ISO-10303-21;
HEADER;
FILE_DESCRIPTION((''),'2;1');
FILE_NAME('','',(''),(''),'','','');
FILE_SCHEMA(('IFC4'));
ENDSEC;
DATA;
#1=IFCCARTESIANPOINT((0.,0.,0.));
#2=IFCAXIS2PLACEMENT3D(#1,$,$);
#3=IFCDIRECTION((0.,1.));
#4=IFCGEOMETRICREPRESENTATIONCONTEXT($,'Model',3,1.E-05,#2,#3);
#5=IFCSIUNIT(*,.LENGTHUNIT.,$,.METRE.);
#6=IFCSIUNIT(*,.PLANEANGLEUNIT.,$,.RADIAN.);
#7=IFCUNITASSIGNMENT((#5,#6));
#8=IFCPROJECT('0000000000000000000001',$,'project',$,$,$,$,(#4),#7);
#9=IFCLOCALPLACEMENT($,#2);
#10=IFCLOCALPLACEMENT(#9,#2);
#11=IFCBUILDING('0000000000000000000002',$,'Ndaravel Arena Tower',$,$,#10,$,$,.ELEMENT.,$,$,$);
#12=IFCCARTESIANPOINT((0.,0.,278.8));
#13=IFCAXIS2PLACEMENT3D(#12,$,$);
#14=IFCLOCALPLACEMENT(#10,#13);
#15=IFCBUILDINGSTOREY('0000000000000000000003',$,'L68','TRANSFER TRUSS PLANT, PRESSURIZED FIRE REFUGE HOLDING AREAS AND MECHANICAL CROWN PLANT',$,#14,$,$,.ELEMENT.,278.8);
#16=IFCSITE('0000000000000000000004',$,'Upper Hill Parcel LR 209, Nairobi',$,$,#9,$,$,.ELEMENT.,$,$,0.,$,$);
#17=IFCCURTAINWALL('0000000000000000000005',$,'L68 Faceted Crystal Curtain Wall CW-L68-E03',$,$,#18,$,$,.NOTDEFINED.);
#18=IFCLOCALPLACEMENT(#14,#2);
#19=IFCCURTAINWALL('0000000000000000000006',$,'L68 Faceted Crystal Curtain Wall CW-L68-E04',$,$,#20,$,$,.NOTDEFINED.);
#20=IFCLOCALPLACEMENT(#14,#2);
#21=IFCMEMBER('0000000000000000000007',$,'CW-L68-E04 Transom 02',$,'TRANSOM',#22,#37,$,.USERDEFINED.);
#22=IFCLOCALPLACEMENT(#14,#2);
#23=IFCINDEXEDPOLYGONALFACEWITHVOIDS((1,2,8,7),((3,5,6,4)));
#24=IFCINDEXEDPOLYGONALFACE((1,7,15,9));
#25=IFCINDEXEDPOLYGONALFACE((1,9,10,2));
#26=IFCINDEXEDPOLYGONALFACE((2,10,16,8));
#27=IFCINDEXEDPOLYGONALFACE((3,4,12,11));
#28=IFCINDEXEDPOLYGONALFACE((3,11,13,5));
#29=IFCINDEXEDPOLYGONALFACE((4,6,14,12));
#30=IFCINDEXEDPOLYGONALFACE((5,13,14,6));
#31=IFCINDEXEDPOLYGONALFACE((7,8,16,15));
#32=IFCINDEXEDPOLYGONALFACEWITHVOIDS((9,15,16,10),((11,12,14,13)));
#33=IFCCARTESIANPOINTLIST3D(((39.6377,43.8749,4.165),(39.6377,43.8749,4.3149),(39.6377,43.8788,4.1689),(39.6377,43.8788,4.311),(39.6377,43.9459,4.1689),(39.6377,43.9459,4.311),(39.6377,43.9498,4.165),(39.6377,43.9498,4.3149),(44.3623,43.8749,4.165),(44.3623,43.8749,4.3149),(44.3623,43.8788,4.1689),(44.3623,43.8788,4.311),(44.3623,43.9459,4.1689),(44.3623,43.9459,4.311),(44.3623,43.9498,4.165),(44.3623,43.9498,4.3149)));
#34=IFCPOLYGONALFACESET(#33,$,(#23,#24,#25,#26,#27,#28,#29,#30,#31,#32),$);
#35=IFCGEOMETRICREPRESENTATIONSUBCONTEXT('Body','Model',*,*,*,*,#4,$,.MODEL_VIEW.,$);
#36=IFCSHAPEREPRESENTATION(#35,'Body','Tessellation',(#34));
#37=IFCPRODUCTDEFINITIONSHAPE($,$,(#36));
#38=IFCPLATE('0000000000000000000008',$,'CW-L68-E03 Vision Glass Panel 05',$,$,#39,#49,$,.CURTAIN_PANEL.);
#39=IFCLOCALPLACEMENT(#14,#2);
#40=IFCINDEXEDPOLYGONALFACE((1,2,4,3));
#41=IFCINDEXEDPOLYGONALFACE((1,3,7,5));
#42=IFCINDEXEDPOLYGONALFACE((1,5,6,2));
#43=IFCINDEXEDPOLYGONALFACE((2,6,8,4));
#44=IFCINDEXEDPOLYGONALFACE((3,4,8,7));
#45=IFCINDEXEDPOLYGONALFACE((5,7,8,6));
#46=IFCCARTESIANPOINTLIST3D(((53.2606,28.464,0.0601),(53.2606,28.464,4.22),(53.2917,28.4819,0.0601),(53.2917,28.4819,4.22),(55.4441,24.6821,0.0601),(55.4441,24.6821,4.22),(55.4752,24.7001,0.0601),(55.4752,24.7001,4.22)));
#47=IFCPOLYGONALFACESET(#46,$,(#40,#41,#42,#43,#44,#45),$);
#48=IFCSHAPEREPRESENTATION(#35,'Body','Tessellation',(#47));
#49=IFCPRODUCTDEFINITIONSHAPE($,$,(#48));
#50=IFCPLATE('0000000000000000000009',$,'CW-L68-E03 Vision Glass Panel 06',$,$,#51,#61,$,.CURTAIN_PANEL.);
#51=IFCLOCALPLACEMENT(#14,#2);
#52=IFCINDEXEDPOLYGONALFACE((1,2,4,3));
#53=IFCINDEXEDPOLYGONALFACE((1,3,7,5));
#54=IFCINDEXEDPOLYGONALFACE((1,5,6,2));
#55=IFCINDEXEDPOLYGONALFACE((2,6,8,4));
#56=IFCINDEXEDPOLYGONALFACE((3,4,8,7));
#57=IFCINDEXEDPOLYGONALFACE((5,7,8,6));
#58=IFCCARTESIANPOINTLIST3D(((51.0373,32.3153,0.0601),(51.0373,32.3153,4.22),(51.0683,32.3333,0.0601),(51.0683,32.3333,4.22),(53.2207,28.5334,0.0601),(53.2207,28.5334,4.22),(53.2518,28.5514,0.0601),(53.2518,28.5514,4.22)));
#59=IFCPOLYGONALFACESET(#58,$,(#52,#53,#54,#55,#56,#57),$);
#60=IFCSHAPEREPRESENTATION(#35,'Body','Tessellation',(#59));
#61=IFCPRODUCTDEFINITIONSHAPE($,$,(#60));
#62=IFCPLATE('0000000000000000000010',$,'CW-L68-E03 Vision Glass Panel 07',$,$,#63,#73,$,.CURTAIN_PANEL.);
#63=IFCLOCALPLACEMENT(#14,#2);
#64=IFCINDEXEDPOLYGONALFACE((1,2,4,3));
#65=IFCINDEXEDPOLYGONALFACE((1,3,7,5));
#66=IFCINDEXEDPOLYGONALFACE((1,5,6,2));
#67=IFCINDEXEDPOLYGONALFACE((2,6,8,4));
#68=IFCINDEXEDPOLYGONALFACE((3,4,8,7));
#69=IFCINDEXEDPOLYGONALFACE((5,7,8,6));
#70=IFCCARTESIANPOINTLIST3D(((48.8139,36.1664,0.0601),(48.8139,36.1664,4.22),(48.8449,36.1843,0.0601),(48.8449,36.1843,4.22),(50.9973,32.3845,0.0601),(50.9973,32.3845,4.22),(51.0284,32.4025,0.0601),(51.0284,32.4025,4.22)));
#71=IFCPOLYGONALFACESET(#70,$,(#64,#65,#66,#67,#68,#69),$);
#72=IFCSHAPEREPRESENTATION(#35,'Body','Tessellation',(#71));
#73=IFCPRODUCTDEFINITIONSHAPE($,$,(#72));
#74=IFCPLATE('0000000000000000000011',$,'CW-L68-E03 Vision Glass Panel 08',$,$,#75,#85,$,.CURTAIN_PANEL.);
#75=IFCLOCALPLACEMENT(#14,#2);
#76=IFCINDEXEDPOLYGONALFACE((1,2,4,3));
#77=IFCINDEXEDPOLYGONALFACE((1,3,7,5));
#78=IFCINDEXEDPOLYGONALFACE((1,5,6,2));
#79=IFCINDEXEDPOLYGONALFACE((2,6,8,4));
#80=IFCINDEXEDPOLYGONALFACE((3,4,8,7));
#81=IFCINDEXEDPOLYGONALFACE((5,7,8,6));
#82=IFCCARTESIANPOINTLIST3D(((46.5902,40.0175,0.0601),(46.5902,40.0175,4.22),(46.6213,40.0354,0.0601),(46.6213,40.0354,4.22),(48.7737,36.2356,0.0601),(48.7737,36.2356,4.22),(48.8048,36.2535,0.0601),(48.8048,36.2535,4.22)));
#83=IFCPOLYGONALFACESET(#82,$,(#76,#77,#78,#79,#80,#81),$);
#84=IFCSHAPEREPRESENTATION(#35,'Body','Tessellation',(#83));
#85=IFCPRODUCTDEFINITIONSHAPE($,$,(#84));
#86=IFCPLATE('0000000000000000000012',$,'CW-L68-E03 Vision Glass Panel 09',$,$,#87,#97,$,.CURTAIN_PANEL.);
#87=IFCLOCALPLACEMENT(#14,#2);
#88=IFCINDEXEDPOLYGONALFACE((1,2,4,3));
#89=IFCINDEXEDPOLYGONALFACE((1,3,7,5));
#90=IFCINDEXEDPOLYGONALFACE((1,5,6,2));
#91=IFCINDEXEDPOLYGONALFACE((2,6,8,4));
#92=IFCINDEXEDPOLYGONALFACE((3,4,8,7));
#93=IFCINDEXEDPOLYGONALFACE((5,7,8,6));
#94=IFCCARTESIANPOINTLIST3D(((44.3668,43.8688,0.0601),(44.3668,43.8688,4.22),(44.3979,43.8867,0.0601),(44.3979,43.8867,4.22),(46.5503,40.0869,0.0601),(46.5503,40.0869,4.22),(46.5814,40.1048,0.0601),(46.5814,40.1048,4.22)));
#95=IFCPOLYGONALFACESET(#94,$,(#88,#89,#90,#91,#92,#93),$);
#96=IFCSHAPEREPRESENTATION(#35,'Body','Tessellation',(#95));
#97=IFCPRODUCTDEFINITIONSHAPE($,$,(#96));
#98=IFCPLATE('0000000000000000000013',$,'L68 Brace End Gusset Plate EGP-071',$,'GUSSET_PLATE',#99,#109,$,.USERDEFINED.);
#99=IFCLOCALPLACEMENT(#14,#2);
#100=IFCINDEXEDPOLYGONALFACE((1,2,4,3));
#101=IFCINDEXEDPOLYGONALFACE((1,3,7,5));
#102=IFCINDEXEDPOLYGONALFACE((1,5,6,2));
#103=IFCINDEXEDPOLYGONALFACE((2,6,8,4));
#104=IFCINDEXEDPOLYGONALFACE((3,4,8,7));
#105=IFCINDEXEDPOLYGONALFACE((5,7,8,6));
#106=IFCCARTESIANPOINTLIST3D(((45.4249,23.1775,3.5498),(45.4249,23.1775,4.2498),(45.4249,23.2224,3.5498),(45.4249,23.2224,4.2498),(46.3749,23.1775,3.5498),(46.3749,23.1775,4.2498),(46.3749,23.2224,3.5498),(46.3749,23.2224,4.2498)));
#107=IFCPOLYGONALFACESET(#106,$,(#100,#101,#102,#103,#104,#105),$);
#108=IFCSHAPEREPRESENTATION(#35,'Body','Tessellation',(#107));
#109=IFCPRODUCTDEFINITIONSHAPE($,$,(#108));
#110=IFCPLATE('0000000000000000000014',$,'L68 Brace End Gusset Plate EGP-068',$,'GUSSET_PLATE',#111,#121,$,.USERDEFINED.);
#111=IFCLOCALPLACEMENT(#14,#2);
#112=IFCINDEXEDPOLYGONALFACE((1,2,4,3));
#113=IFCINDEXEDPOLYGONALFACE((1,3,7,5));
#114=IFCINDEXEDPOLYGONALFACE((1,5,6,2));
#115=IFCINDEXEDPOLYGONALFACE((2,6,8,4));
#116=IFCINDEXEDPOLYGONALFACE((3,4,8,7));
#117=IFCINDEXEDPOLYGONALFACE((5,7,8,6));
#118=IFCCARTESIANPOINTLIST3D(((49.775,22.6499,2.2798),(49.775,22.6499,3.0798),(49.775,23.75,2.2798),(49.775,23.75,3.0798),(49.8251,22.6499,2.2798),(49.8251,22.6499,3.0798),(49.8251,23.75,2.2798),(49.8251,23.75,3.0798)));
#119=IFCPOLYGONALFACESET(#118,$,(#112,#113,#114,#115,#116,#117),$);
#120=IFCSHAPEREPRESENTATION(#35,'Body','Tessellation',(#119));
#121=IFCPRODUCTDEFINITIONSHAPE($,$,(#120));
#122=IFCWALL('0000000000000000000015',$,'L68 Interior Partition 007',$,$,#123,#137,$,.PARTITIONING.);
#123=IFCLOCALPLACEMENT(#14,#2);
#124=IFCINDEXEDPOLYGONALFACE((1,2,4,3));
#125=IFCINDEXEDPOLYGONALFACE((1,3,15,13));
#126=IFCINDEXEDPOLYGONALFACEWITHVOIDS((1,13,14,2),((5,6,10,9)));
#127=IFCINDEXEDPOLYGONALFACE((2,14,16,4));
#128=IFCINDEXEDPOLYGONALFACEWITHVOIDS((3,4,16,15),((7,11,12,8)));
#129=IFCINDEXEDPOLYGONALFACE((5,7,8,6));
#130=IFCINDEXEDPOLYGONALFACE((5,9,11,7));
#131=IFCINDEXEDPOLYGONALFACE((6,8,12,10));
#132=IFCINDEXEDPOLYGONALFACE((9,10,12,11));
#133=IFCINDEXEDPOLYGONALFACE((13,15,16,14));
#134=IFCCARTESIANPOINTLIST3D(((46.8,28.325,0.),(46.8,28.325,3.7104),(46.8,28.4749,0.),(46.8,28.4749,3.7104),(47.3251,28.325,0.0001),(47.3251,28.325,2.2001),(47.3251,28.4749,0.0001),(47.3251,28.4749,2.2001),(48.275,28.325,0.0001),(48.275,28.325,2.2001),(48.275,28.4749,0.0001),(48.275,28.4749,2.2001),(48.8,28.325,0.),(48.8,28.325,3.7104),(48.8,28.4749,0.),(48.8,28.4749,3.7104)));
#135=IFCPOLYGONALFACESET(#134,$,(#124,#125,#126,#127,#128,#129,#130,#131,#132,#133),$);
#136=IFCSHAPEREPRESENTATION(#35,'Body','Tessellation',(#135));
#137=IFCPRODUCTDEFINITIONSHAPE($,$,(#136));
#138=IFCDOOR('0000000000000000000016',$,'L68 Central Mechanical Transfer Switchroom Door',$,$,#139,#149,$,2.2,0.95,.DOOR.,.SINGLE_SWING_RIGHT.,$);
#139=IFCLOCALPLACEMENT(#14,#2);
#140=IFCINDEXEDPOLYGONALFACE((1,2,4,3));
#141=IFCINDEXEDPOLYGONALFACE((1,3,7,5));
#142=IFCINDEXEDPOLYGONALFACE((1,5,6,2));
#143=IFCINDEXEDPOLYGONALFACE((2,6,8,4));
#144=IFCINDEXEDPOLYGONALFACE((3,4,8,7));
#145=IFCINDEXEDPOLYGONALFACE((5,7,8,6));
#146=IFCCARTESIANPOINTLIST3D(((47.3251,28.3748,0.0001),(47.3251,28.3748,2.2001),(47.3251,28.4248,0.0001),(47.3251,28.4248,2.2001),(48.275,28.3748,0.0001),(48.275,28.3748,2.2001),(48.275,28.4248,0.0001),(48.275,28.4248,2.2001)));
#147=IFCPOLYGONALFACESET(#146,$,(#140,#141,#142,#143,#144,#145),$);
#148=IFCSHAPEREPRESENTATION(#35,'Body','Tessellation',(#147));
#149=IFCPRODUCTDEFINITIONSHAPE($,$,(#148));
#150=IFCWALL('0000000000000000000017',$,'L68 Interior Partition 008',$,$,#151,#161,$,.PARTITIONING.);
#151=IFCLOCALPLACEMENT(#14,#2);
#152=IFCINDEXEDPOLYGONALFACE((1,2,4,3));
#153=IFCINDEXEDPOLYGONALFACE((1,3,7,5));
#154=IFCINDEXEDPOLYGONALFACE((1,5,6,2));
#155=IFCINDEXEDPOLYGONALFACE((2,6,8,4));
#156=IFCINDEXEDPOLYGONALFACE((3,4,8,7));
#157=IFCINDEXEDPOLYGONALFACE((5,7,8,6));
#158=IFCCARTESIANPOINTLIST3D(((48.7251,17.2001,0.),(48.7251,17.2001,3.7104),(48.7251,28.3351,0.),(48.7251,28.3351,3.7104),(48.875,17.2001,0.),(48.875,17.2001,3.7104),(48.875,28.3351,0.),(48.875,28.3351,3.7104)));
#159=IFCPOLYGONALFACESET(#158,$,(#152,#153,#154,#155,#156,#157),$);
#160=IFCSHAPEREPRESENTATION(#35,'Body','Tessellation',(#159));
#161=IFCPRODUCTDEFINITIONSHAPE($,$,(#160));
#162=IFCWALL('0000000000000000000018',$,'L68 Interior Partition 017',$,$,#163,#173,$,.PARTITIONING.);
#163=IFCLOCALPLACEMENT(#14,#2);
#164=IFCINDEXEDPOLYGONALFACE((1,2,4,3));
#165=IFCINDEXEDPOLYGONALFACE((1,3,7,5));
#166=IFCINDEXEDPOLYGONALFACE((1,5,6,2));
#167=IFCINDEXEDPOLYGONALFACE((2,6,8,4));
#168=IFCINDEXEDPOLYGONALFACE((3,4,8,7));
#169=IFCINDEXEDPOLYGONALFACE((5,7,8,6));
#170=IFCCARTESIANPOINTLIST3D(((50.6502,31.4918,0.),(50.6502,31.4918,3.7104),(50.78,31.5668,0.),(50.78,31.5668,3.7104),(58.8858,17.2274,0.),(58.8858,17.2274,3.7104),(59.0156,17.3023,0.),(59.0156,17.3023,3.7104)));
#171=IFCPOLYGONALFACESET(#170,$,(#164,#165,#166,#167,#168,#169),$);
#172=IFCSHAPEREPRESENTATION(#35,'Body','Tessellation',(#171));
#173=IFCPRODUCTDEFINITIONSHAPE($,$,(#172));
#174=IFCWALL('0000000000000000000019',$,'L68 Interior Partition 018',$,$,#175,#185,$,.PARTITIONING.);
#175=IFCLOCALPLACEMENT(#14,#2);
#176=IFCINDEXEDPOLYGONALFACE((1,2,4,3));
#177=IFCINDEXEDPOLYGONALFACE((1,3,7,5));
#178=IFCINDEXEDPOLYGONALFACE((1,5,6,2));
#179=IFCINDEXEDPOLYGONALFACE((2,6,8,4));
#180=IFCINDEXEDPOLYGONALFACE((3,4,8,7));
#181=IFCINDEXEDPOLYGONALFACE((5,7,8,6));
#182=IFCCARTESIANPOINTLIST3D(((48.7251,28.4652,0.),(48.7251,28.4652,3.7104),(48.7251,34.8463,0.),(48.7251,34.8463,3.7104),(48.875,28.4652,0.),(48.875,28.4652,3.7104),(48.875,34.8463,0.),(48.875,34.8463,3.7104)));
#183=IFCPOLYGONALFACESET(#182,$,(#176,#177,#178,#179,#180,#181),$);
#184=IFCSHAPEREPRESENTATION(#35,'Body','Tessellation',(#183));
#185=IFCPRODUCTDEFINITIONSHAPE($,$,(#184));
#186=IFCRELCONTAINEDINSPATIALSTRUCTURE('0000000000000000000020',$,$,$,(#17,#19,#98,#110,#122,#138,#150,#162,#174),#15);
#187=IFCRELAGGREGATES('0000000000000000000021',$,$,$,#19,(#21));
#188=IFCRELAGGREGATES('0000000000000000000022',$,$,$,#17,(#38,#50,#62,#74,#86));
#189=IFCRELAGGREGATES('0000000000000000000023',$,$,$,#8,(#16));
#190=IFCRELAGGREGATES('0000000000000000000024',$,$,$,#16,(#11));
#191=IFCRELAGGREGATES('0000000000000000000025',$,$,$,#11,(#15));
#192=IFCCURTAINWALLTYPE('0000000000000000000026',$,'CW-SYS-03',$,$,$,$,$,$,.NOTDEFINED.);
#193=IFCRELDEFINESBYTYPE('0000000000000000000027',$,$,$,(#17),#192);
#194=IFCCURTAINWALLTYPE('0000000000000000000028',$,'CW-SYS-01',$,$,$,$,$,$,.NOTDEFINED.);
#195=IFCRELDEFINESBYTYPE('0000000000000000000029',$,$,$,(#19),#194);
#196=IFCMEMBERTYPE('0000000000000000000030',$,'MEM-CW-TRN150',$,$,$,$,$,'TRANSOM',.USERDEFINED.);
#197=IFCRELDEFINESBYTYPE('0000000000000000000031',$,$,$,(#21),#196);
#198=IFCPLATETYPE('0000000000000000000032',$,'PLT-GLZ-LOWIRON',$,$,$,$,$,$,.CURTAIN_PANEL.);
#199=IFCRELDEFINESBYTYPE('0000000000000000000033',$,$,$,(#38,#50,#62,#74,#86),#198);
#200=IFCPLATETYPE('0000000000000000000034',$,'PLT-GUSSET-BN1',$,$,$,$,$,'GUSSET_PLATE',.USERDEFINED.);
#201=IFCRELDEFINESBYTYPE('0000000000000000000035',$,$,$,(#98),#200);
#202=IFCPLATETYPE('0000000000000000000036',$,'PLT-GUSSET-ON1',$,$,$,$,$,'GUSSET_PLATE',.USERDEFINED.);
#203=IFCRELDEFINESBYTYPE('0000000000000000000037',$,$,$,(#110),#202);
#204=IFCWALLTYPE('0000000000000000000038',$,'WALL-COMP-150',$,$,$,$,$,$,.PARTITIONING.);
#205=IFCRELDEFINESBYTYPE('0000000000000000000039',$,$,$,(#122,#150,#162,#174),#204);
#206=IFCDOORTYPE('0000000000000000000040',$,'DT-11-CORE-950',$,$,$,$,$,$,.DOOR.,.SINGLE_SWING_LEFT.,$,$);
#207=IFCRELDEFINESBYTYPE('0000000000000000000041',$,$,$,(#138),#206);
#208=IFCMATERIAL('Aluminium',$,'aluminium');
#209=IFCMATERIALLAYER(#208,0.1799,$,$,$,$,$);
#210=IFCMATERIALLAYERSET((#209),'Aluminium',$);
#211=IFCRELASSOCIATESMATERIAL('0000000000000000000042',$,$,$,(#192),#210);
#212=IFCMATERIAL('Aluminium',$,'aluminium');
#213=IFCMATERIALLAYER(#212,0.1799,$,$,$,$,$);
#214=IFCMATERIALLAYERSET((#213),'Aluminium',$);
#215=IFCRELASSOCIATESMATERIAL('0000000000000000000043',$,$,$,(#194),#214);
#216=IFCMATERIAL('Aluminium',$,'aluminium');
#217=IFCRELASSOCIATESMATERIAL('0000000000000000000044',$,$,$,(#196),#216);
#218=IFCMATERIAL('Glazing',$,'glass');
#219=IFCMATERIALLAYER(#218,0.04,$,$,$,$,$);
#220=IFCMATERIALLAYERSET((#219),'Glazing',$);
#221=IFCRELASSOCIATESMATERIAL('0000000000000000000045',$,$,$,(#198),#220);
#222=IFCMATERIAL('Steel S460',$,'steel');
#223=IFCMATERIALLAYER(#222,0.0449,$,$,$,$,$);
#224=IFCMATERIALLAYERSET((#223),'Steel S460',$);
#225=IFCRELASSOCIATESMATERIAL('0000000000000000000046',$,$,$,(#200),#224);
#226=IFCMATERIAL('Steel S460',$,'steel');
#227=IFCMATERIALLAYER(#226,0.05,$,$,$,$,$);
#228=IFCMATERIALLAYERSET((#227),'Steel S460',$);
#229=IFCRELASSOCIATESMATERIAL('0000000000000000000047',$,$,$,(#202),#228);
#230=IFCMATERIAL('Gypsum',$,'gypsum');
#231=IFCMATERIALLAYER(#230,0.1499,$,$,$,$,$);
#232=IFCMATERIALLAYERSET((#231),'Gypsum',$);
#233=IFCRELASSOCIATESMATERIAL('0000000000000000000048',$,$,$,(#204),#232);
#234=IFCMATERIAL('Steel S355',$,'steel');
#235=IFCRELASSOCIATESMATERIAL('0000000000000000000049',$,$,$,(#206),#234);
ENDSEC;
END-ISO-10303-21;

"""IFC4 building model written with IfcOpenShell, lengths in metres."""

from ifc_helpers import new_model, si_unit, direction, frame, frame_2d, origin, origin_2d, place, context, subcontext, project, spatial, rectangle, hollow_rectangle, extrude, material, layer, layer_set, material_profile, profile_set, type_object, element, fill, aggregate, save


model = new_model("IFC4")

# Units and contexts
model_context = context("Model", 3, precision=1e-05, world=origin(), true_north=direction((0.0, 1.0)))
body_context = subcontext(model_context, "Body", "Model", "MODEL_VIEW")
ifc_project = project(units=[si_unit("LENGTHUNIT", "METRE"), si_unit("PLANEANGLEUNIT", "RADIAN")], contexts=[model_context])

# Site, building, storey
site_placement = place(None, origin())
site = spatial("IfcSite", under=ifc_project, at=site_placement, Name="Upper Hill Parcel LR 209, Nairobi", CompositionType="ELEMENT", RefElevation=0.0)
building_placement = place(site_placement, origin())
building = spatial("IfcBuilding", under=site, at=building_placement, Name="Ndaravel Arena Tower", CompositionType="ELEMENT")
storey_placement = place(building_placement, frame((0.0, 0.0, 278.8)))
storey = spatial("IfcBuildingStorey", under=building, at=storey_placement, Name="L68", Description="TRANSFER TRUSS PLANT, PRESSURIZED FIRE REFUGE HOLDING AREAS AND MECHANICAL CROWN PLANT", CompositionType="ELEMENT", Elevation=278.8)

# Curtain walls, member
ifc_material_1 = material(Name="Aluminium", Category="aluminium")
ifc_layer_1 = layer(ifc_material_1, 0.1799)
ifc_layer_set_1 = layer_set([ifc_layer_1], Name="Aluminium")
curtain_wall_type_1 = type_object("IfcCurtainWallType", Name="CW-SYS-03", PredefinedType="NOTDEFINED", material=ifc_layer_set_1)
curtain_wall_1_placement = place(storey_placement, origin())
curtain_wall_1 = element("IfcCurtainWall", 1, at=curtain_wall_1_placement, inside=storey, type_object=curtain_wall_type_1, Name="L68 Faceted Crystal Curtain Wall CW-L68-E03", PredefinedType="NOTDEFINED")
ifc_material_2 = material(Name="Aluminium", Category="aluminium")
ifc_layer_2 = layer(ifc_material_2, 0.1799)
ifc_layer_set_2 = layer_set([ifc_layer_2], Name="Aluminium")
curtain_wall_type_2 = type_object("IfcCurtainWallType", Name="CW-SYS-01", PredefinedType="NOTDEFINED", material=ifc_layer_set_2)
curtain_wall_2_placement = place(storey_placement, origin())
curtain_wall_2 = element("IfcCurtainWall", 2, at=curtain_wall_2_placement, inside=storey, type_object=curtain_wall_type_2, Name="L68 Faceted Crystal Curtain Wall CW-L68-E04", PredefinedType="NOTDEFINED")
ifc_material_3 = material(Name="Aluminium", Category="aluminium")
ifc_material_profile_1 = material_profile(ifc_material_3, hollow_rectangle(XDim=0.075, YDim=0.1499, WallThickness=0.0039, at=origin_2d()), Name="CW TRANSOM 75x150x4")
ifc_profile_set_1 = profile_set([ifc_material_profile_1], Name="Aluminium")
member_type_1 = type_object("IfcMemberType", Name="MEM-CW-TRN150", ElementType="TRANSOM", PredefinedType="USERDEFINED", material=ifc_profile_set_1)
member_1_placement = place(storey_placement, frame((44.3623, 43.9124, 4.24), z_axis=(-1.0, 0.0, 0.0), x_axis=(0.0, -1.0, 0.0)))
member_1 = element("IfcMember", 3, at=member_1_placement, type_object=member_type_1, Name="CW-L68-E04 Transom 02", ObjectType="TRANSOM", PredefinedType="USERDEFINED", context=body_context, shape_type="SweptSolid", body=[
    extrude(hollow_rectangle(XDim=0.075, YDim=0.1499, WallThickness=0.0039, at=origin_2d()), origin(), (0.0, 0.0, 1.0), 4.7246),
])
aggregate(curtain_wall_2, [member_1])

# Plates
ifc_material_4 = material(Name="Glazing", Category="glass")
ifc_layer_3 = layer(ifc_material_4, 0.04)
ifc_layer_set_3 = layer_set([ifc_layer_3], Name="Glazing")
plate_type_1 = type_object("IfcPlateType", Name="PLT-GLZ-LOWIRON", PredefinedType="CURTAIN_PANEL", material=ifc_layer_set_3)
plate_1_placement = place(storey_placement, frame((54.3679, 26.582, 0.0601), z_axis=(0.0, 0.0, 1.0), x_axis=(-0.5, 0.866025, 0.0)))
plate_1 = element("IfcPlate", 4, at=plate_1_placement, type_object=plate_type_1, Name="CW-L68-E03 Vision Glass Panel 05", PredefinedType="CURTAIN_PANEL", context=body_context, shape_type="SweptSolid", body=[
    extrude(rectangle(XDim=4.3669, YDim=0.0359, at=origin_2d()), origin(), (0.0, 0.0, 1.0), 4.1599),
])
plate_2_placement = place(storey_placement, frame((52.1445, 30.4333, 0.0601), z_axis=(0.0, 0.0, 1.0), x_axis=(-0.5, 0.866025, 0.0)))
plate_2 = element("IfcPlate", 5, at=plate_2_placement, type_object=plate_type_1, Name="CW-L68-E03 Vision Glass Panel 06", PredefinedType="CURTAIN_PANEL", context=body_context, shape_type="SweptSolid", body=[
    extrude(rectangle(XDim=4.3669, YDim=0.0359, at=origin_2d()), origin(), (0.0, 0.0, 1.0), 4.1599),
])
plate_3_placement = place(storey_placement, frame((49.9211, 34.2844, 0.0601), z_axis=(0.0, 0.0, 1.0), x_axis=(-0.5, 0.866025, 0.0)))
plate_3 = element("IfcPlate", 6, at=plate_3_placement, type_object=plate_type_1, Name="CW-L68-E03 Vision Glass Panel 07", PredefinedType="CURTAIN_PANEL", context=body_context, shape_type="SweptSolid", body=[
    extrude(rectangle(XDim=4.3669, YDim=0.0359, at=origin_2d()), origin(), (0.0, 0.0, 1.0), 4.1599),
])
plate_4_placement = place(storey_placement, frame((47.6975, 38.1355, 0.0601), z_axis=(0.0, 0.0, 1.0), x_axis=(-0.5, 0.866025, 0.0)))
plate_4 = element("IfcPlate", 7, at=plate_4_placement, type_object=plate_type_1, Name="CW-L68-E03 Vision Glass Panel 08", PredefinedType="CURTAIN_PANEL", context=body_context, shape_type="SweptSolid", body=[
    extrude(rectangle(XDim=4.3669, YDim=0.0359, at=origin_2d()), origin(), (0.0, 0.0, 1.0), 4.1599),
])
plate_5_placement = place(storey_placement, frame((45.4741, 41.9868, 0.0601), z_axis=(0.0, 0.0, 1.0), x_axis=(-0.5, 0.866025, 0.0)))
plate_5 = element("IfcPlate", 8, at=plate_5_placement, type_object=plate_type_1, Name="CW-L68-E03 Vision Glass Panel 09", PredefinedType="CURTAIN_PANEL", context=body_context, shape_type="SweptSolid", body=[
    extrude(rectangle(XDim=4.3669, YDim=0.0359, at=origin_2d()), origin(), (0.0, 0.0, 1.0), 4.1599),
])
aggregate(curtain_wall_1, [plate_1, plate_2, plate_3, plate_4, plate_5])

# Plates
ifc_material_5 = material(Name="Steel S460", Category="steel")
ifc_layer_4 = layer(ifc_material_5, 0.0449)
ifc_layer_set_4 = layer_set([ifc_layer_4], Name="Steel S460")
plate_type_2 = type_object("IfcPlateType", Name="PLT-GUSSET-BN1", ElementType="GUSSET_PLATE", PredefinedType="USERDEFINED", material=ifc_layer_set_4)
plate_6_placement = place(storey_placement, frame((45.8999, 23.2, 3.5498), z_axis=(0.0, 0.0, 1.0), x_axis=(1.0, 0.0, 0.0)))
element("IfcPlate", 9, at=plate_6_placement, inside=storey, type_object=plate_type_2, Name="L68 Brace End Gusset Plate EGP-071", ObjectType="GUSSET_PLATE", PredefinedType="USERDEFINED", context=body_context, shape_type="SweptSolid", body=[
    extrude(rectangle(XDim=0.95, YDim=0.0449, at=origin_2d()), origin(), (0.0, 0.0, 1.0), 0.7),
])
ifc_material_6 = material(Name="Steel S460", Category="steel")
ifc_layer_5 = layer(ifc_material_6, 0.05)
ifc_layer_set_5 = layer_set([ifc_layer_5], Name="Steel S460")
plate_type_3 = type_object("IfcPlateType", Name="PLT-GUSSET-ON1", ElementType="GUSSET_PLATE", PredefinedType="USERDEFINED", material=ifc_layer_set_5)
plate_7_placement = place(storey_placement, frame((49.8, 23.2, 2.2798), z_axis=(0.0, 0.0, 1.0), x_axis=(1.0, 0.0, 0.0)))
element("IfcPlate", 10, at=plate_7_placement, inside=storey, type_object=plate_type_3, Name="L68 Brace End Gusset Plate EGP-068", ObjectType="GUSSET_PLATE", PredefinedType="USERDEFINED", context=body_context, shape_type="SweptSolid", body=[
    extrude(rectangle(XDim=0.05, YDim=1.1001, at=origin_2d()), origin(), (0.0, 0.0, 1.0), 0.8),
])

# Wall, opening, door
ifc_material_7 = material(Name="Gypsum", Category="gypsum")
ifc_layer_6 = layer(ifc_material_7, 0.1499)
ifc_layer_set_6 = layer_set([ifc_layer_6], Name="Gypsum")
wall_type = type_object("IfcWallType", Name="WALL-COMP-150", PredefinedType="PARTITIONING", material=ifc_layer_set_6)
wall_1_placement = place(storey_placement, frame((46.8, 28.3999, 0.0), z_axis=(0.0, 0.0, 1.0), x_axis=(1.0, 0.0, 0.0)))
wall_1 = element("IfcWall", 11, at=wall_1_placement, inside=storey, type_object=wall_type, Name="L68 Interior Partition 007", PredefinedType="PARTITIONING", context=body_context, shape_type="SweptSolid", body=[
    extrude(rectangle(XDim=2.0, YDim=0.1499, at=frame_2d((1.0, 0.0))), origin(), (0.0, 0.0, 1.0), 3.7104),
])
opening_placement = place(wall_1_placement, frame((0.5249, 0.0, 0.0)))
opening = element("IfcOpeningElement", 12, at=opening_placement, cuts=wall_1, PredefinedType="OPENING", context=body_context, shape_type="SweptSolid", body=[
    extrude(rectangle(XDim=0.95, YDim=2.2, at=frame_2d((0.4751, 1.1001))), frame((0.0, 0.075, 0.0), z_axis=(0.0, -1.0, 0.0), x_axis=(1.0, 0.0, 0.0)), (0.0, 0.0, 1.0), 0.1499),
])
ifc_material_8 = material(Name="Steel S355", Category="steel")
door_type = type_object("IfcDoorType", Name="DT-11-CORE-950", OperationType="SINGLE_SWING_LEFT", PredefinedType="DOOR", material=ifc_material_8)
door_placement = place(opening_placement, origin())
door = element("IfcDoor", 13, at=door_placement, inside=storey, type_object=door_type, Name="L68 Central Mechanical Transfer Switchroom Door", OperationType="SINGLE_SWING_RIGHT", OverallHeight=2.2, OverallWidth=0.95, PredefinedType="DOOR", context=body_context, shape_type="SweptSolid", body=[
    extrude(rectangle(XDim=0.95, YDim=2.2, at=frame_2d((0.4751, 1.1001))), frame((0.0, 0.0249, 0.0), z_axis=(0.0, -1.0, 0.0), x_axis=(1.0, 0.0, 0.0)), (0.0, 0.0, 1.0), 0.05),
])
fill(opening, door)

# Walls
wall_2_placement = place(storey_placement, frame((48.8, 28.335, 0.0), z_axis=(0.0, 0.0, 1.0), x_axis=(0.0, -1.0, 0.0)))
element("IfcWall", 14, at=wall_2_placement, inside=storey, type_object=wall_type, Name="L68 Interior Partition 008", PredefinedType="PARTITIONING", context=body_context, shape_type="SweptSolid", body=[
    extrude(rectangle(XDim=11.135, YDim=0.1499, at=frame_2d((5.5674, 0.0))), origin(), (0.0, 0.0, 1.0), 3.7104),
])
wall_3_placement = place(storey_placement, frame((50.7151, 31.5293, 0.0), z_axis=(0.0, 0.0, 1.0), x_axis=(0.500002, -0.866024, 0.0)))
element("IfcWall", 15, at=wall_3_placement, inside=storey, type_object=wall_type, Name="L68 Interior Partition 017", PredefinedType="PARTITIONING", context=body_context, shape_type="SweptSolid", body=[
    extrude(rectangle(XDim=16.4712, YDim=0.1499, at=frame_2d((8.2356, 0.0))), origin(), (0.0, 0.0, 1.0), 3.7104),
])
wall_4_placement = place(storey_placement, frame((48.8, 34.8462, 0.0), z_axis=(0.0, 0.0, 1.0), x_axis=(0.0, -1.0, 0.0)))
element("IfcWall", 16, at=wall_4_placement, inside=storey, type_object=wall_type, Name="L68 Interior Partition 018", PredefinedType="PARTITIONING", context=body_context, shape_type="SweptSolid", body=[
    extrude(rectangle(XDim=6.3811, YDim=0.1499, at=frame_2d((3.1904, 0.0))), origin(), (0.0, 0.0, 1.0), 3.7104),
])

save(model, "model.ifc")
